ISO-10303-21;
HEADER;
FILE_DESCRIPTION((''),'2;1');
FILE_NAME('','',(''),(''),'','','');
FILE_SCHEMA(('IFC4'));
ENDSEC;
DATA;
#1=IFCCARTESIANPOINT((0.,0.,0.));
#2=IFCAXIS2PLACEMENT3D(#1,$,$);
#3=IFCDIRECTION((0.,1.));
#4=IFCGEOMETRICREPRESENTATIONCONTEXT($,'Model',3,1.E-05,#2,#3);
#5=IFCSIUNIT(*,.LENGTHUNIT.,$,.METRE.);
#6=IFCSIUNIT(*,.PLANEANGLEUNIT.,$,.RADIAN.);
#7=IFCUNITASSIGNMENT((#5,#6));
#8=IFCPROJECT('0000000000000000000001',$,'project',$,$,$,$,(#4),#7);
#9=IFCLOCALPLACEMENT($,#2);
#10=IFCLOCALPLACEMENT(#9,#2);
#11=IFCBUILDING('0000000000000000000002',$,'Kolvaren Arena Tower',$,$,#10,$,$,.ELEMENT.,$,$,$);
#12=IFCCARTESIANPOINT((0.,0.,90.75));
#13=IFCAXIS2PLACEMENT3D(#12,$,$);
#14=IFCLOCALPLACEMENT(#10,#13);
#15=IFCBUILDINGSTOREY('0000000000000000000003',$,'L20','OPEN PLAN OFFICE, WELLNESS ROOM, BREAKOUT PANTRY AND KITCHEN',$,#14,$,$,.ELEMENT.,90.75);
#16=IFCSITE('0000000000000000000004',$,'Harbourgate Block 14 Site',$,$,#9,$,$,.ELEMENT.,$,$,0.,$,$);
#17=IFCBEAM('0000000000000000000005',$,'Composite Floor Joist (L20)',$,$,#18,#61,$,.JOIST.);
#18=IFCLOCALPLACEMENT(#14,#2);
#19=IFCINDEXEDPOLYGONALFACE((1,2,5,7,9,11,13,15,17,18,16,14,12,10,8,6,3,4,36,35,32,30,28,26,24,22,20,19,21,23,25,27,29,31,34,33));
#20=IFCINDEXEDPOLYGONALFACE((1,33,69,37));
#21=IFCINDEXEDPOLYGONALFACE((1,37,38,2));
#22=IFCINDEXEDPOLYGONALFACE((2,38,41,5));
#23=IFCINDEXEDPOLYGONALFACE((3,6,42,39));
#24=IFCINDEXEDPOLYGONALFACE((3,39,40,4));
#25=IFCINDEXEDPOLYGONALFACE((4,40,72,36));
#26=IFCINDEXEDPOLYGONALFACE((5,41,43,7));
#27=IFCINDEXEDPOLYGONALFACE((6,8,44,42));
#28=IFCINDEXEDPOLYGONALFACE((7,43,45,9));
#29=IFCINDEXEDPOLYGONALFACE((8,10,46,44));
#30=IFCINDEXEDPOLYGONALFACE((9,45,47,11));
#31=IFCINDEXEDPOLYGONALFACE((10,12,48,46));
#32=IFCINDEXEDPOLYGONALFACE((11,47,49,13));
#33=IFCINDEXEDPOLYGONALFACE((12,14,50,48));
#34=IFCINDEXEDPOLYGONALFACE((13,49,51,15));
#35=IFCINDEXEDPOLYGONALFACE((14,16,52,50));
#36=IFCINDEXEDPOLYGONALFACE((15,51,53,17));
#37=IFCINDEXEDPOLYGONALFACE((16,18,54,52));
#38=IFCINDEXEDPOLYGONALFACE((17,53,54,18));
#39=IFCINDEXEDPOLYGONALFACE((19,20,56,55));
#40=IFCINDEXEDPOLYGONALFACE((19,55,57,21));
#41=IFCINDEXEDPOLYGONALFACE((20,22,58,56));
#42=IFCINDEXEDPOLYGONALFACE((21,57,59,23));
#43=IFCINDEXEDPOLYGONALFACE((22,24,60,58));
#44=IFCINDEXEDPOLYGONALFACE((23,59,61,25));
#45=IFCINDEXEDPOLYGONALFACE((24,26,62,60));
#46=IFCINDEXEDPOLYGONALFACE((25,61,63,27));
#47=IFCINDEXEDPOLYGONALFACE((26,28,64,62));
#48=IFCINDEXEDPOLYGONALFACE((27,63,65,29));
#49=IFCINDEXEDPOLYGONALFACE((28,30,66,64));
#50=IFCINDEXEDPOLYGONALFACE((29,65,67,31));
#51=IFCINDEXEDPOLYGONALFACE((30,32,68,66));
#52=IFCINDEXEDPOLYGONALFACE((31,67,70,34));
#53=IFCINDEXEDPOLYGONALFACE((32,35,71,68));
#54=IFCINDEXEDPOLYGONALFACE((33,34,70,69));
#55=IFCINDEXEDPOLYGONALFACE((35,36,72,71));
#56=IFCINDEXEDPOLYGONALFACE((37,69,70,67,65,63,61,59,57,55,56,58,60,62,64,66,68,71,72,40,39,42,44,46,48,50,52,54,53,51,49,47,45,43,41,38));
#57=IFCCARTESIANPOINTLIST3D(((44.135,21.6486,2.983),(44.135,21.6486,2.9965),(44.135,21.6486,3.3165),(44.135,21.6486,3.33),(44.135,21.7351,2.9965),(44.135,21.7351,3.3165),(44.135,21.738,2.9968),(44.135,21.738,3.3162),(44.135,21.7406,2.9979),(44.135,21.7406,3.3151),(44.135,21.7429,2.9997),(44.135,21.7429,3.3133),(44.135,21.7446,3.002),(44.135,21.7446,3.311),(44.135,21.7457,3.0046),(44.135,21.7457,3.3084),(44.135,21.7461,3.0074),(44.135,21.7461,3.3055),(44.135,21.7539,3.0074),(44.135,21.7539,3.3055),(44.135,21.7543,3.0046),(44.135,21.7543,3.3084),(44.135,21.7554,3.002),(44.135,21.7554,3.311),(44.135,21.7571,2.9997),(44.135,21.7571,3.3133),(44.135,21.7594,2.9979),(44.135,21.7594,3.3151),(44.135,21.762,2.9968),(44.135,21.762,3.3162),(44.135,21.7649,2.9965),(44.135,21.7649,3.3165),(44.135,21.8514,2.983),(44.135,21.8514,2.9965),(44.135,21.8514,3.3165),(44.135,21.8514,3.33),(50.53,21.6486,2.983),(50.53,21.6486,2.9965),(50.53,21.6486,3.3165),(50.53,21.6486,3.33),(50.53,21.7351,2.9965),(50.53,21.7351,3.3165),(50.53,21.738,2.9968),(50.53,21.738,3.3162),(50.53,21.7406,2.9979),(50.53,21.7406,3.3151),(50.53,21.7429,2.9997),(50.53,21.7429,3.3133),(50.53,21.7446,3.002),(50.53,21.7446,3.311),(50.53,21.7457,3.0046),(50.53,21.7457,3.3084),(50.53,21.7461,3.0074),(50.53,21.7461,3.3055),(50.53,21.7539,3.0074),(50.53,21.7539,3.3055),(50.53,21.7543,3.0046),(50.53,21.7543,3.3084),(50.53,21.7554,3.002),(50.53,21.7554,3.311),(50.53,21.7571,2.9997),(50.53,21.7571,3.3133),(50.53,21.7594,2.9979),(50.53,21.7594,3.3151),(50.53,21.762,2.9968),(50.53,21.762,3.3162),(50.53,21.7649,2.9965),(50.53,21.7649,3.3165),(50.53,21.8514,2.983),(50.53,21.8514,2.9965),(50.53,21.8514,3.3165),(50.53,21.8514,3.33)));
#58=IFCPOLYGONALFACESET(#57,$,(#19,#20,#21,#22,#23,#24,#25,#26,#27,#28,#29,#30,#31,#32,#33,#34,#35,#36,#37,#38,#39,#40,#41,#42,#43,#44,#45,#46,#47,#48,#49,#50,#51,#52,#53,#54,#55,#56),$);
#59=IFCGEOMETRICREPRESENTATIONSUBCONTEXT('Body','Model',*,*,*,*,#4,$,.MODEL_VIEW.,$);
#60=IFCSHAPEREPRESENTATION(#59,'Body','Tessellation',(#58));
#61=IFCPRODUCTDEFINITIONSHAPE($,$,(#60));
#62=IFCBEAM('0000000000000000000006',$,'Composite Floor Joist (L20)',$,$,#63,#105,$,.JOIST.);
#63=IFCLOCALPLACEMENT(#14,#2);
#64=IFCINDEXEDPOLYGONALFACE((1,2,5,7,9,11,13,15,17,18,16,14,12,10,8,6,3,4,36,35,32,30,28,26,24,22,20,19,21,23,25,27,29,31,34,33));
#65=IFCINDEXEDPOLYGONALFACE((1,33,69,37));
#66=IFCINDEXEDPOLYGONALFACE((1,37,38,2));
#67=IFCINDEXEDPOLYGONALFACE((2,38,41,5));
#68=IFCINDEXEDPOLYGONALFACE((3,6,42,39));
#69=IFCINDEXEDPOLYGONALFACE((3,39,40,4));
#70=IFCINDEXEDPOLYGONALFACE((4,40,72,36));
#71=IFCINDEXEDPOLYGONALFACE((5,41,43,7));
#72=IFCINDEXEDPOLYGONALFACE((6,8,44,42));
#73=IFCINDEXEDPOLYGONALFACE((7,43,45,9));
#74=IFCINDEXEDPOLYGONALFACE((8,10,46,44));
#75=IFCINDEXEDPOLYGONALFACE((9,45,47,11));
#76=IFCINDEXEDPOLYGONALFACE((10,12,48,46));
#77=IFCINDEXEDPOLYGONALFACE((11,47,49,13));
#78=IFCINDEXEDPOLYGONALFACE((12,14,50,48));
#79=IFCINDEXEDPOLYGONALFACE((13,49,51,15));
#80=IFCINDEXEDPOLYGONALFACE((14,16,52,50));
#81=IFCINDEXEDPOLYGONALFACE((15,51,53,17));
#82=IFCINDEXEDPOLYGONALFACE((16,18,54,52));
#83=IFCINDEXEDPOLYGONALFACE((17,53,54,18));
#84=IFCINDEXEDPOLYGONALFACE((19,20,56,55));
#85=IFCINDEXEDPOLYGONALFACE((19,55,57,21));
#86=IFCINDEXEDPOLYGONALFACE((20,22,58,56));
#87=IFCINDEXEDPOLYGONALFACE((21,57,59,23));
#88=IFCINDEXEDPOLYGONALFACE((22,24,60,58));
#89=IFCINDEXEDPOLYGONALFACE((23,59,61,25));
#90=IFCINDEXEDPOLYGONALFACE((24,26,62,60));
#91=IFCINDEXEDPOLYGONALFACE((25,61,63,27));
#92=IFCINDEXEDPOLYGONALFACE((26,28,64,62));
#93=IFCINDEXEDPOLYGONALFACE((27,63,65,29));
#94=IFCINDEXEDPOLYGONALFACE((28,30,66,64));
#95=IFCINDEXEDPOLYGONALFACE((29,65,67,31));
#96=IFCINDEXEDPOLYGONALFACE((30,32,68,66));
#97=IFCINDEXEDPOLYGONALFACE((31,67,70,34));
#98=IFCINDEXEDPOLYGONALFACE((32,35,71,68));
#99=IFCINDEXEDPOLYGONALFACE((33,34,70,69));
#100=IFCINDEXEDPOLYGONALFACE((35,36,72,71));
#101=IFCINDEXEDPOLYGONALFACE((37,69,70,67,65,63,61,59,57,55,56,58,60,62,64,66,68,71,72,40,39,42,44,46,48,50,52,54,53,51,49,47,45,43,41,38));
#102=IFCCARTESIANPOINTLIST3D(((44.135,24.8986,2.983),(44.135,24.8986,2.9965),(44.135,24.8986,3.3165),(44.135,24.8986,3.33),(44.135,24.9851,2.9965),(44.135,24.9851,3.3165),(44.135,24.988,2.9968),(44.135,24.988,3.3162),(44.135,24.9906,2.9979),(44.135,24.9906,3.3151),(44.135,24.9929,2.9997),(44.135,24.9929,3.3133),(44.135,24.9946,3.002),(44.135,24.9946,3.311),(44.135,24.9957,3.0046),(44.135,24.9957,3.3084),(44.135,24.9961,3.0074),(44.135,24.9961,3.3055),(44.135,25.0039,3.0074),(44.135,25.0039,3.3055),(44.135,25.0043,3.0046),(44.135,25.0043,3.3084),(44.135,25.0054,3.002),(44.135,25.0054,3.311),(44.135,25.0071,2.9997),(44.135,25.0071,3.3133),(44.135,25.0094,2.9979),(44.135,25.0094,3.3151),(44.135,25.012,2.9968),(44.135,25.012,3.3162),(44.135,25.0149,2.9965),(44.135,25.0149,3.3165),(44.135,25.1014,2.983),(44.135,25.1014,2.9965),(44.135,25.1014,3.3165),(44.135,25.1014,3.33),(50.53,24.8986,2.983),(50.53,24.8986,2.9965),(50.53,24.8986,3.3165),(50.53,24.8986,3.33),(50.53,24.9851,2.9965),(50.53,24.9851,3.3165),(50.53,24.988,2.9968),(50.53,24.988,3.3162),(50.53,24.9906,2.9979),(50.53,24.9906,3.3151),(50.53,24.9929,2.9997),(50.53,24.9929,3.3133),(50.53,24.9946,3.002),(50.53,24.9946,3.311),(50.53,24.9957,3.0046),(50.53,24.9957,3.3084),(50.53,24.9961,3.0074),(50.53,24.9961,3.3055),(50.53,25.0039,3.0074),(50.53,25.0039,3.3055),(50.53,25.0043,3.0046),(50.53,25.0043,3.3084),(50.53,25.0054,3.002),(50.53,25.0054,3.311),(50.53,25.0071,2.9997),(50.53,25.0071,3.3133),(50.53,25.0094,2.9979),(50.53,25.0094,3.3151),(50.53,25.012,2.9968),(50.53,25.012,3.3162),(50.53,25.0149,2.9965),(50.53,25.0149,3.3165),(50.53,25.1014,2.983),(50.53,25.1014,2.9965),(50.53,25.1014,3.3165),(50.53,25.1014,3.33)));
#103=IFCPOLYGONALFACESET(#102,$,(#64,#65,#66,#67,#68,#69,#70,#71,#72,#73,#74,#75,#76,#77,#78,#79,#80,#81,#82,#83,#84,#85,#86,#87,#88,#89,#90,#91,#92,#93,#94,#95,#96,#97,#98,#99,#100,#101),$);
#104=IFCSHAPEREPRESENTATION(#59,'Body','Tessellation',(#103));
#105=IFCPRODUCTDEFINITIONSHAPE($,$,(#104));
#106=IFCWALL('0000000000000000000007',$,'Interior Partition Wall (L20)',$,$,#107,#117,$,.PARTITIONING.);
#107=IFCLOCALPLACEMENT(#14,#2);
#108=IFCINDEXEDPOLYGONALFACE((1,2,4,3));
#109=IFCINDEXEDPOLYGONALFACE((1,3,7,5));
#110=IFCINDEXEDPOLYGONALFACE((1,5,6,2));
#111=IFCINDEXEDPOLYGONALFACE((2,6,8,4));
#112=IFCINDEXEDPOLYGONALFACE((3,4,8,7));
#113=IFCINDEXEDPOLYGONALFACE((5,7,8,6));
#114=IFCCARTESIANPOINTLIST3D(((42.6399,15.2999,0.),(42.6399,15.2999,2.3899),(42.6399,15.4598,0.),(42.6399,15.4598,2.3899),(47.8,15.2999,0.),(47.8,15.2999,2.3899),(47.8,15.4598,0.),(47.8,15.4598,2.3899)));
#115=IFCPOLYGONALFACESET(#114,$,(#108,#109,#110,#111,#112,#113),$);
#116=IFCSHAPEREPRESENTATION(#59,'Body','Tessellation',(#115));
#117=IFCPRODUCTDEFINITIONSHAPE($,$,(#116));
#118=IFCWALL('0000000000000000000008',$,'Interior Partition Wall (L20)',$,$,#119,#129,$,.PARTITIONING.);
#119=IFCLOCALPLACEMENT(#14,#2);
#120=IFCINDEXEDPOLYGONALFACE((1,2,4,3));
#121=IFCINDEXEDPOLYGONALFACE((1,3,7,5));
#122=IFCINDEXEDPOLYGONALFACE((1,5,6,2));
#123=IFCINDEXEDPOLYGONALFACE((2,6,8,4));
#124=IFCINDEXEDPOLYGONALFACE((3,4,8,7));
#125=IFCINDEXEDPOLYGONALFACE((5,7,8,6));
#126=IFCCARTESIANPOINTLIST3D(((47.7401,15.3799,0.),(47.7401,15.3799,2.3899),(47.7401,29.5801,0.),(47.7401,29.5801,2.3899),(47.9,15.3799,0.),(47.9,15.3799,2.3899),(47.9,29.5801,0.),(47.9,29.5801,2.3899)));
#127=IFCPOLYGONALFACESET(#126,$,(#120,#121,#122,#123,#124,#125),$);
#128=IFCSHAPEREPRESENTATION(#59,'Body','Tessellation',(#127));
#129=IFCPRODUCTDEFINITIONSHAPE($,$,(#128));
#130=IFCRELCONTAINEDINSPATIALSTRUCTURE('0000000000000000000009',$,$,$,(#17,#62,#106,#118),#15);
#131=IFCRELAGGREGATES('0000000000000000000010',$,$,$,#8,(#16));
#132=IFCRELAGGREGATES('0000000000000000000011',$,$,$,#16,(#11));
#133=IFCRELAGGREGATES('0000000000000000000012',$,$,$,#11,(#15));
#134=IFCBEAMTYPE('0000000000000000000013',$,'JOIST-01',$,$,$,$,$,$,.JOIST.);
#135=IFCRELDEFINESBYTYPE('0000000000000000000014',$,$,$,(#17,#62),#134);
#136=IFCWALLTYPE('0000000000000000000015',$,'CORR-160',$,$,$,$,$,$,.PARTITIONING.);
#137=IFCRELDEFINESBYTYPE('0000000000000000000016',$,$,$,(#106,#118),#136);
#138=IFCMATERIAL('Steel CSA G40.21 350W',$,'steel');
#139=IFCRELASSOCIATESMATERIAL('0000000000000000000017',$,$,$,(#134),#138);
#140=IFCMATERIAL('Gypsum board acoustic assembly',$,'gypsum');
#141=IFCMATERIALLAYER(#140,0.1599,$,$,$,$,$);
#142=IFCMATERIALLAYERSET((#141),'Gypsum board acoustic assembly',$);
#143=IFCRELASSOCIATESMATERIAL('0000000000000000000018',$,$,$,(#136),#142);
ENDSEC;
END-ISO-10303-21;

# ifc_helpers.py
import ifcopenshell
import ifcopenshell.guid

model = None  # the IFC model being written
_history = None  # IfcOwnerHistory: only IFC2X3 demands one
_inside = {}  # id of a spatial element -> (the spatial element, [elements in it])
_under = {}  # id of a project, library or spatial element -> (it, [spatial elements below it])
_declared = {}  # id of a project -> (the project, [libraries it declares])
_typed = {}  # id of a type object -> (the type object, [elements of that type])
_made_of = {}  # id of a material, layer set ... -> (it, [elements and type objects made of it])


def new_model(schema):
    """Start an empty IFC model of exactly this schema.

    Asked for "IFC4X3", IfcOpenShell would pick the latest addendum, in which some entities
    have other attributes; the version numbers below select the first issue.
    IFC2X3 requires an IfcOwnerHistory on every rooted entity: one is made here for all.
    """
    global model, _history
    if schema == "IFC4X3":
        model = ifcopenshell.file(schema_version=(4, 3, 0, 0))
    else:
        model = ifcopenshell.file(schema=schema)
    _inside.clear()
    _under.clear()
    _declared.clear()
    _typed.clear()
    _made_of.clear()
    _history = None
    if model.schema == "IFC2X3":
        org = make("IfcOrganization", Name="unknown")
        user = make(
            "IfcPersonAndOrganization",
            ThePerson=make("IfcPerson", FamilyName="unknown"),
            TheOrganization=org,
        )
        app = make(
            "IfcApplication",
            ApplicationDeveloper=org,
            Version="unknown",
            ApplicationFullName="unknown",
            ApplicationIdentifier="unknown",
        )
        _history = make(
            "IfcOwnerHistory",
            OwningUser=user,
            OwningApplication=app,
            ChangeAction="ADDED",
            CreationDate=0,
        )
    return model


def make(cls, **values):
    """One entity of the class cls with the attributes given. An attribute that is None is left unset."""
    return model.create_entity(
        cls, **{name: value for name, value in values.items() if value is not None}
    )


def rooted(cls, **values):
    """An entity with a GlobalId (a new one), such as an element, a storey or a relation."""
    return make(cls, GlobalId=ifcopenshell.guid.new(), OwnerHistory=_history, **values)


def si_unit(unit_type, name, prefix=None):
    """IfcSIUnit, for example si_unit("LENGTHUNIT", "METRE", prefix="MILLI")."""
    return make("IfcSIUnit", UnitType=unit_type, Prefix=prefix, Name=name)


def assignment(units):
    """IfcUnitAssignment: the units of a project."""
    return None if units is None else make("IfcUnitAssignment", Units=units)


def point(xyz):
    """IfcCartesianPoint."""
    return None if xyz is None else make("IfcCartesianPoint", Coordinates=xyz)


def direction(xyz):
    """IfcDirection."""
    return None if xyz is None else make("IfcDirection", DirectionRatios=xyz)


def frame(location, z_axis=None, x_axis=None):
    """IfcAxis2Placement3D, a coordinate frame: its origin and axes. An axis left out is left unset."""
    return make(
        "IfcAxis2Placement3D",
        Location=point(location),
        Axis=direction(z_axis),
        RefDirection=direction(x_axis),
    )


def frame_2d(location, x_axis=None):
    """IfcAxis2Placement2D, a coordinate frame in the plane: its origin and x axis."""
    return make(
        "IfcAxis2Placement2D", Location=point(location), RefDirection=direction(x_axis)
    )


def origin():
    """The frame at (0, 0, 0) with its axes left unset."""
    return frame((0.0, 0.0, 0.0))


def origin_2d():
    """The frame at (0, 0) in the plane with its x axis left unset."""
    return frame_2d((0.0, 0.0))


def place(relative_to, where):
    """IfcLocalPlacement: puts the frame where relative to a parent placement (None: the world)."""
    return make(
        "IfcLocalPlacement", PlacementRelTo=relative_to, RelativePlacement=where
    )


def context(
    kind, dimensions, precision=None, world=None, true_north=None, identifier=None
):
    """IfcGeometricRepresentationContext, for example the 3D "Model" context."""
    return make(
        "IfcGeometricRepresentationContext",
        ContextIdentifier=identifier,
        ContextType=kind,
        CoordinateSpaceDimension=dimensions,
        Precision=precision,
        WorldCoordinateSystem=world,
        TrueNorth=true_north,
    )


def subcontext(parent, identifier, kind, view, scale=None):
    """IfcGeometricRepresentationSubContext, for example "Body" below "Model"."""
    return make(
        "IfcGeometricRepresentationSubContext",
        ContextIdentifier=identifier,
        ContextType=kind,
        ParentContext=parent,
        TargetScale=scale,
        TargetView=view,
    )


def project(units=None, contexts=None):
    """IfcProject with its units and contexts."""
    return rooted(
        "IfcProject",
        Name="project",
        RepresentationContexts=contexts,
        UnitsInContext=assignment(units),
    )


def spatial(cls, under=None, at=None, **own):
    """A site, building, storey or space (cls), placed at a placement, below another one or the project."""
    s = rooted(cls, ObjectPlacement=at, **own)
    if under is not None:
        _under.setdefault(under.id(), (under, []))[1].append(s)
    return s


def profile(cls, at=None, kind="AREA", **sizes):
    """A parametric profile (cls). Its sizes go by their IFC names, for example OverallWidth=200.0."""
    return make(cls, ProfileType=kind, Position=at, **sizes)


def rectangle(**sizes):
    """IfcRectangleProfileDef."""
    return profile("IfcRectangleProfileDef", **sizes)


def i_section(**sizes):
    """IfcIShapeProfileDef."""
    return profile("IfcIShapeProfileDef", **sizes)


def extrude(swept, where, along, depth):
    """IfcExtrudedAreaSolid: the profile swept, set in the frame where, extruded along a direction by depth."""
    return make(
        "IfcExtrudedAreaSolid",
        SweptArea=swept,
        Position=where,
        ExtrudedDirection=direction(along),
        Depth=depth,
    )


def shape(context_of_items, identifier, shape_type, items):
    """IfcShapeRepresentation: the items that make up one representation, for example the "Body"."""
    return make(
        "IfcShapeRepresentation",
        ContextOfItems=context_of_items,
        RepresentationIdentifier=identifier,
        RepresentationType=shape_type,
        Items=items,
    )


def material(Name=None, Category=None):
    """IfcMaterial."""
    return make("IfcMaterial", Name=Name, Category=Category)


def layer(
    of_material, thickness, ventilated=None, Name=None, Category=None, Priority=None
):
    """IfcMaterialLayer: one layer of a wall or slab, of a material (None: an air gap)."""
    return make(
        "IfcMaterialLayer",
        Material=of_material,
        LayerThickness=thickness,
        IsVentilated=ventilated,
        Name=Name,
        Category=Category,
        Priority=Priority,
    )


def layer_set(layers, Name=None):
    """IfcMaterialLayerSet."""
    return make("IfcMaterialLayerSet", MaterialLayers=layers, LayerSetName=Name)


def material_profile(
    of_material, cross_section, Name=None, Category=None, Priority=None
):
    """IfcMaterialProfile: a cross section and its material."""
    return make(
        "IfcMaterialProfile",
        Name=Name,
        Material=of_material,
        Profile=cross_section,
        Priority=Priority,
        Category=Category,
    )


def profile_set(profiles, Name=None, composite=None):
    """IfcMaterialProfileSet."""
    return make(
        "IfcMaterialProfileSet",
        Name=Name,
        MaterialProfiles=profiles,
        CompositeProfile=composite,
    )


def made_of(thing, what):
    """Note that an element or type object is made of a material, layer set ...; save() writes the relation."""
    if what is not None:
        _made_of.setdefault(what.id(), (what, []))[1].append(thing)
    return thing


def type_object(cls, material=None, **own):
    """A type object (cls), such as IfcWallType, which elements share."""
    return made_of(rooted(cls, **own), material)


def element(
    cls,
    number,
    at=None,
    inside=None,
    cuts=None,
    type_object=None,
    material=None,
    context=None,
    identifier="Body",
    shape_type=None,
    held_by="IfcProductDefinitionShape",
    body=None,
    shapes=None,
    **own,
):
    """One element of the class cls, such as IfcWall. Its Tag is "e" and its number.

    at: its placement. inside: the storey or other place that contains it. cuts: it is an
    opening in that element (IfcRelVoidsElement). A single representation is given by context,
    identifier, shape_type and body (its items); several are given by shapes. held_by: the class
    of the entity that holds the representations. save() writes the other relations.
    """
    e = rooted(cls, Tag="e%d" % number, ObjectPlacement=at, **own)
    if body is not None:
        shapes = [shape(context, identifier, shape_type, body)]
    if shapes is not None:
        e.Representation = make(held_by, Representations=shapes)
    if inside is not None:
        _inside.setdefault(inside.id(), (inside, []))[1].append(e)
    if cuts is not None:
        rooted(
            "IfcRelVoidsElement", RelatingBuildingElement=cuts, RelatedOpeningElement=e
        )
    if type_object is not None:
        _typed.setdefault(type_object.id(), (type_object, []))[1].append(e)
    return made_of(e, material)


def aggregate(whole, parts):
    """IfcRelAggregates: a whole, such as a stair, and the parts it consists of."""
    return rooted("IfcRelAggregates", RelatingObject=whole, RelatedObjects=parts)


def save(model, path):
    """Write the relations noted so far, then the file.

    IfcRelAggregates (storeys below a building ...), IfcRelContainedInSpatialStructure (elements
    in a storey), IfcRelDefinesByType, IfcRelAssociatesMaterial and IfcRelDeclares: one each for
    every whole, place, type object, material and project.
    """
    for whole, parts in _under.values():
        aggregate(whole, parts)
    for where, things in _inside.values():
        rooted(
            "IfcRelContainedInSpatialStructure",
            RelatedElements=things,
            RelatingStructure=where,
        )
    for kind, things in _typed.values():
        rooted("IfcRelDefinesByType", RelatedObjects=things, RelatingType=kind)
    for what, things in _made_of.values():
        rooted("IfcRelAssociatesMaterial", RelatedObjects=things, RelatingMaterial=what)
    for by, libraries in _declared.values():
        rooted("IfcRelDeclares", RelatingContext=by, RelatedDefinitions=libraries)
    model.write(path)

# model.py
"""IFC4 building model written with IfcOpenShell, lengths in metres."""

from ifc_helpers import new_model, si_unit, direction, frame, frame_2d, origin, origin_2d, place, context, subcontext, project, spatial, rectangle, i_section, extrude, material, layer, layer_set, material_profile, profile_set, type_object, element, save


model = new_model("IFC4")

# Units and contexts
model_context = context("Model", 3, precision=1e-05, world=origin(), true_north=direction((0.0, 1.0)))
body_context = subcontext(model_context, "Body", "Model", "MODEL_VIEW")
ifc_project = project(units=[si_unit("LENGTHUNIT", "METRE"), si_unit("PLANEANGLEUNIT", "RADIAN")], contexts=[model_context])

# Site, building, storey
site_placement = place(None, origin())
site = spatial("IfcSite", under=ifc_project, at=site_placement, Name="Harbourgate Block 14 Site", CompositionType="ELEMENT", RefElevation=0.0)
building_placement = place(site_placement, origin())
building = spatial("IfcBuilding", under=site, at=building_placement, Name="Kolvaren Arena Tower", CompositionType="ELEMENT")
storey_placement = place(building_placement, frame((0.0, 0.0, 90.75)))
storey = spatial("IfcBuildingStorey", under=building, at=storey_placement, Name="L20", Description="OPEN PLAN OFFICE, WELLNESS ROOM, BREAKOUT PANTRY AND KITCHEN", CompositionType="ELEMENT", Elevation=90.75)

# Beams
ifc_material_1 = material(Name="Steel CSA G40.21 350W", Category="steel")
ifc_material_profile_1 = material_profile(ifc_material_1, i_section(OverallWidth=0.2029, OverallDepth=0.3469, WebThickness=0.0078, FlangeThickness=0.0134, FilletRadius=0.011, at=origin_2d()), Name="W360x64")
ifc_profile_set_1 = profile_set([ifc_material_profile_1], Name="Steel CSA G40.21 350W")
beam_type_1 = type_object("IfcBeamType", Name="JOIST-01", PredefinedType="JOIST", material=ifc_profile_set_1)
for number, where, z_axis, x_axis, name in (
    (1, (44.135, 21.75, 3.1565), (1.0, 0.0, 0.0), (0.0, 1.0, 0.0), "Composite Floor Joist (L20)"),
    (2, (44.135, 25.0, 3.1565), (1.0, 0.0, 0.0), (0.0, 1.0, 0.0), "Composite Floor Joist (L20)"),
):
    element("IfcBeam", number, at=place(storey_placement, frame(where, z_axis=z_axis, x_axis=x_axis)), inside=storey, type_object=beam_type_1, Name=name, PredefinedType="JOIST", context=body_context, shape_type="SweptSolid", body=[
        extrude(i_section(OverallWidth=0.2029, OverallDepth=0.3469, WebThickness=0.0078, FlangeThickness=0.0134, FilletRadius=0.011, at=origin_2d()), origin(), (0.0, 0.0, 1.0), 6.395),
    ])

# Walls
ifc_material_2 = material(Name="Gypsum board acoustic assembly", Category="gypsum")
ifc_layer_1 = layer(ifc_material_2, 0.1599)
ifc_layer_set_1 = layer_set([ifc_layer_1], Name="Gypsum board acoustic assembly")
wall_type_1 = type_object("IfcWallType", Name="CORR-160", PredefinedType="PARTITIONING", material=ifc_layer_set_1)
wall_1_placement = place(storey_placement, frame((42.6399, 15.3799, 0.0), z_axis=(0.0, 0.0, 1.0), x_axis=(1.0, 0.0, 0.0)))
element("IfcWall", 3, at=wall_1_placement, inside=storey, type_object=wall_type_1, Name="Interior Partition Wall (L20)", PredefinedType="PARTITIONING", context=body_context, shape_type="SweptSolid", body=[
    extrude(rectangle(XDim=5.1602, YDim=0.1599, at=frame_2d((2.5801, 0.0))), origin(), (0.0, 0.0, 1.0), 2.3899),
])
wall_2_placement = place(storey_placement, frame((47.8201, 15.3799, 0.0), z_axis=(0.0, 0.0, 1.0), x_axis=(0.0, 1.0, 0.0)))
element("IfcWall", 4, at=wall_2_placement, inside=storey, type_object=wall_type_1, Name="Interior Partition Wall (L20)", PredefinedType="PARTITIONING", context=body_context, shape_type="SweptSolid", body=[
    extrude(rectangle(XDim=14.2002, YDim=0.1599, at=frame_2d((7.1001, 0.0))), origin(), (0.0, 0.0, 1.0), 2.3899),
])

save(model, "model.ifc")
